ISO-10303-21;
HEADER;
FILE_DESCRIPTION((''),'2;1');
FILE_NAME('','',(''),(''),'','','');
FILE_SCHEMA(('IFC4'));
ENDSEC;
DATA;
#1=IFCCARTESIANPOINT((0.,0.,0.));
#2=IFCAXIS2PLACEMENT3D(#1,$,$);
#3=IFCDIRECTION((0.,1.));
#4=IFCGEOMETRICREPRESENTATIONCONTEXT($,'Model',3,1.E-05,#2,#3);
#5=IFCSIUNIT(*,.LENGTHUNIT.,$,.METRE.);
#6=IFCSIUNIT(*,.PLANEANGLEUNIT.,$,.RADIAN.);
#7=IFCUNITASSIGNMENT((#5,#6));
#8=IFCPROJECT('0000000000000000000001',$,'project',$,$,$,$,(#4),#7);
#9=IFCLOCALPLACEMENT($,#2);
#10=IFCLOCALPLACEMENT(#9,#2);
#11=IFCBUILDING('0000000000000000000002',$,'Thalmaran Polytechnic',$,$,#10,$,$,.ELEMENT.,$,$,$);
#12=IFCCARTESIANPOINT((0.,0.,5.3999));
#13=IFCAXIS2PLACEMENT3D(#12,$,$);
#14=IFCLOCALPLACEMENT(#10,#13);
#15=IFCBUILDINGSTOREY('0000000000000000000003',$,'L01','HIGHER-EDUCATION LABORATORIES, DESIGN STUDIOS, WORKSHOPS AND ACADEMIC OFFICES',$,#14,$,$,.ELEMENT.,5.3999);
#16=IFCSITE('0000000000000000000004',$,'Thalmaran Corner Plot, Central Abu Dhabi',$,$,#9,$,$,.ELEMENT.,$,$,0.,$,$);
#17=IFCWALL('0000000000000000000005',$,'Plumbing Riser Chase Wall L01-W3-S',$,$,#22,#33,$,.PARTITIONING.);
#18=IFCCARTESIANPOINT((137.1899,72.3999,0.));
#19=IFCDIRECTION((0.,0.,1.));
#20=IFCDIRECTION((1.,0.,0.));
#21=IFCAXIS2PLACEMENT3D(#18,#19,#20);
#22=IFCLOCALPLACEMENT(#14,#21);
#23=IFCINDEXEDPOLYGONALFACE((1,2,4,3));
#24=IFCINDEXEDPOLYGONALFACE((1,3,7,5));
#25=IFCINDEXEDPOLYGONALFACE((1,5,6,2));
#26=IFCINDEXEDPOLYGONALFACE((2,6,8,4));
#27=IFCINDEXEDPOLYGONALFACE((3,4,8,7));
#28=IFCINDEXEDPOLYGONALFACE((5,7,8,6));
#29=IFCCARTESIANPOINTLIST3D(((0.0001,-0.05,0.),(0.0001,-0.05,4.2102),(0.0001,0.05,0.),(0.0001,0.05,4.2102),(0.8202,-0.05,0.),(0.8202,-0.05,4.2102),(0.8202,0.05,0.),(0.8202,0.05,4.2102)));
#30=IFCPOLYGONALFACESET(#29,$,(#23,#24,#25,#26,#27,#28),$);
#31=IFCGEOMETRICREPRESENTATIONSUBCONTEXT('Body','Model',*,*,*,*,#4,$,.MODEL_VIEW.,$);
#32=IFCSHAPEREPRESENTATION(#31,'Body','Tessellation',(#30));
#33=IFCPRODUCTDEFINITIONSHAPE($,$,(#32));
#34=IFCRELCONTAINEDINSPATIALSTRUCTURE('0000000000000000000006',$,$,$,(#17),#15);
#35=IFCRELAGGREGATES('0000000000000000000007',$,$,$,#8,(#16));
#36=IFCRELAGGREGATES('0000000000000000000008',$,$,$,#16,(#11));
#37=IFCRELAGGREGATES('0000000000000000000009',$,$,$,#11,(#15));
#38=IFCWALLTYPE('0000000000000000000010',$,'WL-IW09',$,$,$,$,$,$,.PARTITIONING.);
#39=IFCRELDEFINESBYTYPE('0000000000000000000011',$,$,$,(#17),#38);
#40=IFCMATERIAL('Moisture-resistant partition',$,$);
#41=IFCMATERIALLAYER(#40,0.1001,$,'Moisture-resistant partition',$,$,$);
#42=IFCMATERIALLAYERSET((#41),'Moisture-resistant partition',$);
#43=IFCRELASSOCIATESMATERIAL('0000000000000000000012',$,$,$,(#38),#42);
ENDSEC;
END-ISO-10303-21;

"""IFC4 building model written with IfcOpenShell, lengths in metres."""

from ifc_helpers import new_model, si_unit, direction, frame, frame_2d, origin, place, context, subcontext, project, spatial, rectangle, extrude, material, layer, layer_set, type_object, element, save


model = new_model("IFC4")

# Units and contexts
model_context = context("Model", 3, precision=1e-05, world=origin(), true_north=direction((0.0, 1.0)))
body_context = subcontext(model_context, "Body", "Model", "MODEL_VIEW")
ifc_project = project(units=[si_unit("LENGTHUNIT", "METRE"), si_unit("PLANEANGLEUNIT", "RADIAN")], contexts=[model_context])

# Site, building, storey
site_placement = place(None, origin())
site = spatial("IfcSite", under=ifc_project, at=site_placement, Name="Thalmaran Corner Plot, Central Abu Dhabi", CompositionType="ELEMENT", RefElevation=0.0)
building_placement = place(site_placement, origin())
building = spatial("IfcBuilding", under=site, at=building_placement, Name="Thalmaran Polytechnic", CompositionType="ELEMENT")
storey_placement = place(building_placement, frame((0.0, 0.0, 5.3999)))
storey = spatial("IfcBuildingStorey", under=building, at=storey_placement, Name="L01", Description="HIGHER-EDUCATION LABORATORIES, DESIGN STUDIOS, WORKSHOPS AND ACADEMIC OFFICES", CompositionType="ELEMENT", Elevation=5.3999)

# Wall
ifc_material_1 = material(Name="Moisture-resistant partition")
ifc_layer_1 = layer(ifc_material_1, 0.1001, Name="Moisture-resistant partition")
ifc_layer_set_1 = layer_set([ifc_layer_1], Name="Moisture-resistant partition")
wall_type_1 = type_object("IfcWallType", Name="WL-IW09", PredefinedType="PARTITIONING", material=ifc_layer_set_1)
wall_1_placement = place(storey_placement, frame((137.1899, 72.3999, 0.0), z_axis=(0.0, 0.0, 1.0), x_axis=(1.0, 0.0, 0.0)))
element("IfcWall", 1, at=wall_1_placement, inside=storey, type_object=wall_type_1, Name="Plumbing Riser Chase Wall L01-W3-S", PredefinedType="PARTITIONING", context=body_context, shape_type="SweptSolid", body=[
    extrude(rectangle(XDim=0.8201, YDim=0.1001, at=frame_2d((0.4102, 0.0))), origin(), (0.0, 0.0, 1.0), 4.2102),
])

save(model, "model.ifc")
